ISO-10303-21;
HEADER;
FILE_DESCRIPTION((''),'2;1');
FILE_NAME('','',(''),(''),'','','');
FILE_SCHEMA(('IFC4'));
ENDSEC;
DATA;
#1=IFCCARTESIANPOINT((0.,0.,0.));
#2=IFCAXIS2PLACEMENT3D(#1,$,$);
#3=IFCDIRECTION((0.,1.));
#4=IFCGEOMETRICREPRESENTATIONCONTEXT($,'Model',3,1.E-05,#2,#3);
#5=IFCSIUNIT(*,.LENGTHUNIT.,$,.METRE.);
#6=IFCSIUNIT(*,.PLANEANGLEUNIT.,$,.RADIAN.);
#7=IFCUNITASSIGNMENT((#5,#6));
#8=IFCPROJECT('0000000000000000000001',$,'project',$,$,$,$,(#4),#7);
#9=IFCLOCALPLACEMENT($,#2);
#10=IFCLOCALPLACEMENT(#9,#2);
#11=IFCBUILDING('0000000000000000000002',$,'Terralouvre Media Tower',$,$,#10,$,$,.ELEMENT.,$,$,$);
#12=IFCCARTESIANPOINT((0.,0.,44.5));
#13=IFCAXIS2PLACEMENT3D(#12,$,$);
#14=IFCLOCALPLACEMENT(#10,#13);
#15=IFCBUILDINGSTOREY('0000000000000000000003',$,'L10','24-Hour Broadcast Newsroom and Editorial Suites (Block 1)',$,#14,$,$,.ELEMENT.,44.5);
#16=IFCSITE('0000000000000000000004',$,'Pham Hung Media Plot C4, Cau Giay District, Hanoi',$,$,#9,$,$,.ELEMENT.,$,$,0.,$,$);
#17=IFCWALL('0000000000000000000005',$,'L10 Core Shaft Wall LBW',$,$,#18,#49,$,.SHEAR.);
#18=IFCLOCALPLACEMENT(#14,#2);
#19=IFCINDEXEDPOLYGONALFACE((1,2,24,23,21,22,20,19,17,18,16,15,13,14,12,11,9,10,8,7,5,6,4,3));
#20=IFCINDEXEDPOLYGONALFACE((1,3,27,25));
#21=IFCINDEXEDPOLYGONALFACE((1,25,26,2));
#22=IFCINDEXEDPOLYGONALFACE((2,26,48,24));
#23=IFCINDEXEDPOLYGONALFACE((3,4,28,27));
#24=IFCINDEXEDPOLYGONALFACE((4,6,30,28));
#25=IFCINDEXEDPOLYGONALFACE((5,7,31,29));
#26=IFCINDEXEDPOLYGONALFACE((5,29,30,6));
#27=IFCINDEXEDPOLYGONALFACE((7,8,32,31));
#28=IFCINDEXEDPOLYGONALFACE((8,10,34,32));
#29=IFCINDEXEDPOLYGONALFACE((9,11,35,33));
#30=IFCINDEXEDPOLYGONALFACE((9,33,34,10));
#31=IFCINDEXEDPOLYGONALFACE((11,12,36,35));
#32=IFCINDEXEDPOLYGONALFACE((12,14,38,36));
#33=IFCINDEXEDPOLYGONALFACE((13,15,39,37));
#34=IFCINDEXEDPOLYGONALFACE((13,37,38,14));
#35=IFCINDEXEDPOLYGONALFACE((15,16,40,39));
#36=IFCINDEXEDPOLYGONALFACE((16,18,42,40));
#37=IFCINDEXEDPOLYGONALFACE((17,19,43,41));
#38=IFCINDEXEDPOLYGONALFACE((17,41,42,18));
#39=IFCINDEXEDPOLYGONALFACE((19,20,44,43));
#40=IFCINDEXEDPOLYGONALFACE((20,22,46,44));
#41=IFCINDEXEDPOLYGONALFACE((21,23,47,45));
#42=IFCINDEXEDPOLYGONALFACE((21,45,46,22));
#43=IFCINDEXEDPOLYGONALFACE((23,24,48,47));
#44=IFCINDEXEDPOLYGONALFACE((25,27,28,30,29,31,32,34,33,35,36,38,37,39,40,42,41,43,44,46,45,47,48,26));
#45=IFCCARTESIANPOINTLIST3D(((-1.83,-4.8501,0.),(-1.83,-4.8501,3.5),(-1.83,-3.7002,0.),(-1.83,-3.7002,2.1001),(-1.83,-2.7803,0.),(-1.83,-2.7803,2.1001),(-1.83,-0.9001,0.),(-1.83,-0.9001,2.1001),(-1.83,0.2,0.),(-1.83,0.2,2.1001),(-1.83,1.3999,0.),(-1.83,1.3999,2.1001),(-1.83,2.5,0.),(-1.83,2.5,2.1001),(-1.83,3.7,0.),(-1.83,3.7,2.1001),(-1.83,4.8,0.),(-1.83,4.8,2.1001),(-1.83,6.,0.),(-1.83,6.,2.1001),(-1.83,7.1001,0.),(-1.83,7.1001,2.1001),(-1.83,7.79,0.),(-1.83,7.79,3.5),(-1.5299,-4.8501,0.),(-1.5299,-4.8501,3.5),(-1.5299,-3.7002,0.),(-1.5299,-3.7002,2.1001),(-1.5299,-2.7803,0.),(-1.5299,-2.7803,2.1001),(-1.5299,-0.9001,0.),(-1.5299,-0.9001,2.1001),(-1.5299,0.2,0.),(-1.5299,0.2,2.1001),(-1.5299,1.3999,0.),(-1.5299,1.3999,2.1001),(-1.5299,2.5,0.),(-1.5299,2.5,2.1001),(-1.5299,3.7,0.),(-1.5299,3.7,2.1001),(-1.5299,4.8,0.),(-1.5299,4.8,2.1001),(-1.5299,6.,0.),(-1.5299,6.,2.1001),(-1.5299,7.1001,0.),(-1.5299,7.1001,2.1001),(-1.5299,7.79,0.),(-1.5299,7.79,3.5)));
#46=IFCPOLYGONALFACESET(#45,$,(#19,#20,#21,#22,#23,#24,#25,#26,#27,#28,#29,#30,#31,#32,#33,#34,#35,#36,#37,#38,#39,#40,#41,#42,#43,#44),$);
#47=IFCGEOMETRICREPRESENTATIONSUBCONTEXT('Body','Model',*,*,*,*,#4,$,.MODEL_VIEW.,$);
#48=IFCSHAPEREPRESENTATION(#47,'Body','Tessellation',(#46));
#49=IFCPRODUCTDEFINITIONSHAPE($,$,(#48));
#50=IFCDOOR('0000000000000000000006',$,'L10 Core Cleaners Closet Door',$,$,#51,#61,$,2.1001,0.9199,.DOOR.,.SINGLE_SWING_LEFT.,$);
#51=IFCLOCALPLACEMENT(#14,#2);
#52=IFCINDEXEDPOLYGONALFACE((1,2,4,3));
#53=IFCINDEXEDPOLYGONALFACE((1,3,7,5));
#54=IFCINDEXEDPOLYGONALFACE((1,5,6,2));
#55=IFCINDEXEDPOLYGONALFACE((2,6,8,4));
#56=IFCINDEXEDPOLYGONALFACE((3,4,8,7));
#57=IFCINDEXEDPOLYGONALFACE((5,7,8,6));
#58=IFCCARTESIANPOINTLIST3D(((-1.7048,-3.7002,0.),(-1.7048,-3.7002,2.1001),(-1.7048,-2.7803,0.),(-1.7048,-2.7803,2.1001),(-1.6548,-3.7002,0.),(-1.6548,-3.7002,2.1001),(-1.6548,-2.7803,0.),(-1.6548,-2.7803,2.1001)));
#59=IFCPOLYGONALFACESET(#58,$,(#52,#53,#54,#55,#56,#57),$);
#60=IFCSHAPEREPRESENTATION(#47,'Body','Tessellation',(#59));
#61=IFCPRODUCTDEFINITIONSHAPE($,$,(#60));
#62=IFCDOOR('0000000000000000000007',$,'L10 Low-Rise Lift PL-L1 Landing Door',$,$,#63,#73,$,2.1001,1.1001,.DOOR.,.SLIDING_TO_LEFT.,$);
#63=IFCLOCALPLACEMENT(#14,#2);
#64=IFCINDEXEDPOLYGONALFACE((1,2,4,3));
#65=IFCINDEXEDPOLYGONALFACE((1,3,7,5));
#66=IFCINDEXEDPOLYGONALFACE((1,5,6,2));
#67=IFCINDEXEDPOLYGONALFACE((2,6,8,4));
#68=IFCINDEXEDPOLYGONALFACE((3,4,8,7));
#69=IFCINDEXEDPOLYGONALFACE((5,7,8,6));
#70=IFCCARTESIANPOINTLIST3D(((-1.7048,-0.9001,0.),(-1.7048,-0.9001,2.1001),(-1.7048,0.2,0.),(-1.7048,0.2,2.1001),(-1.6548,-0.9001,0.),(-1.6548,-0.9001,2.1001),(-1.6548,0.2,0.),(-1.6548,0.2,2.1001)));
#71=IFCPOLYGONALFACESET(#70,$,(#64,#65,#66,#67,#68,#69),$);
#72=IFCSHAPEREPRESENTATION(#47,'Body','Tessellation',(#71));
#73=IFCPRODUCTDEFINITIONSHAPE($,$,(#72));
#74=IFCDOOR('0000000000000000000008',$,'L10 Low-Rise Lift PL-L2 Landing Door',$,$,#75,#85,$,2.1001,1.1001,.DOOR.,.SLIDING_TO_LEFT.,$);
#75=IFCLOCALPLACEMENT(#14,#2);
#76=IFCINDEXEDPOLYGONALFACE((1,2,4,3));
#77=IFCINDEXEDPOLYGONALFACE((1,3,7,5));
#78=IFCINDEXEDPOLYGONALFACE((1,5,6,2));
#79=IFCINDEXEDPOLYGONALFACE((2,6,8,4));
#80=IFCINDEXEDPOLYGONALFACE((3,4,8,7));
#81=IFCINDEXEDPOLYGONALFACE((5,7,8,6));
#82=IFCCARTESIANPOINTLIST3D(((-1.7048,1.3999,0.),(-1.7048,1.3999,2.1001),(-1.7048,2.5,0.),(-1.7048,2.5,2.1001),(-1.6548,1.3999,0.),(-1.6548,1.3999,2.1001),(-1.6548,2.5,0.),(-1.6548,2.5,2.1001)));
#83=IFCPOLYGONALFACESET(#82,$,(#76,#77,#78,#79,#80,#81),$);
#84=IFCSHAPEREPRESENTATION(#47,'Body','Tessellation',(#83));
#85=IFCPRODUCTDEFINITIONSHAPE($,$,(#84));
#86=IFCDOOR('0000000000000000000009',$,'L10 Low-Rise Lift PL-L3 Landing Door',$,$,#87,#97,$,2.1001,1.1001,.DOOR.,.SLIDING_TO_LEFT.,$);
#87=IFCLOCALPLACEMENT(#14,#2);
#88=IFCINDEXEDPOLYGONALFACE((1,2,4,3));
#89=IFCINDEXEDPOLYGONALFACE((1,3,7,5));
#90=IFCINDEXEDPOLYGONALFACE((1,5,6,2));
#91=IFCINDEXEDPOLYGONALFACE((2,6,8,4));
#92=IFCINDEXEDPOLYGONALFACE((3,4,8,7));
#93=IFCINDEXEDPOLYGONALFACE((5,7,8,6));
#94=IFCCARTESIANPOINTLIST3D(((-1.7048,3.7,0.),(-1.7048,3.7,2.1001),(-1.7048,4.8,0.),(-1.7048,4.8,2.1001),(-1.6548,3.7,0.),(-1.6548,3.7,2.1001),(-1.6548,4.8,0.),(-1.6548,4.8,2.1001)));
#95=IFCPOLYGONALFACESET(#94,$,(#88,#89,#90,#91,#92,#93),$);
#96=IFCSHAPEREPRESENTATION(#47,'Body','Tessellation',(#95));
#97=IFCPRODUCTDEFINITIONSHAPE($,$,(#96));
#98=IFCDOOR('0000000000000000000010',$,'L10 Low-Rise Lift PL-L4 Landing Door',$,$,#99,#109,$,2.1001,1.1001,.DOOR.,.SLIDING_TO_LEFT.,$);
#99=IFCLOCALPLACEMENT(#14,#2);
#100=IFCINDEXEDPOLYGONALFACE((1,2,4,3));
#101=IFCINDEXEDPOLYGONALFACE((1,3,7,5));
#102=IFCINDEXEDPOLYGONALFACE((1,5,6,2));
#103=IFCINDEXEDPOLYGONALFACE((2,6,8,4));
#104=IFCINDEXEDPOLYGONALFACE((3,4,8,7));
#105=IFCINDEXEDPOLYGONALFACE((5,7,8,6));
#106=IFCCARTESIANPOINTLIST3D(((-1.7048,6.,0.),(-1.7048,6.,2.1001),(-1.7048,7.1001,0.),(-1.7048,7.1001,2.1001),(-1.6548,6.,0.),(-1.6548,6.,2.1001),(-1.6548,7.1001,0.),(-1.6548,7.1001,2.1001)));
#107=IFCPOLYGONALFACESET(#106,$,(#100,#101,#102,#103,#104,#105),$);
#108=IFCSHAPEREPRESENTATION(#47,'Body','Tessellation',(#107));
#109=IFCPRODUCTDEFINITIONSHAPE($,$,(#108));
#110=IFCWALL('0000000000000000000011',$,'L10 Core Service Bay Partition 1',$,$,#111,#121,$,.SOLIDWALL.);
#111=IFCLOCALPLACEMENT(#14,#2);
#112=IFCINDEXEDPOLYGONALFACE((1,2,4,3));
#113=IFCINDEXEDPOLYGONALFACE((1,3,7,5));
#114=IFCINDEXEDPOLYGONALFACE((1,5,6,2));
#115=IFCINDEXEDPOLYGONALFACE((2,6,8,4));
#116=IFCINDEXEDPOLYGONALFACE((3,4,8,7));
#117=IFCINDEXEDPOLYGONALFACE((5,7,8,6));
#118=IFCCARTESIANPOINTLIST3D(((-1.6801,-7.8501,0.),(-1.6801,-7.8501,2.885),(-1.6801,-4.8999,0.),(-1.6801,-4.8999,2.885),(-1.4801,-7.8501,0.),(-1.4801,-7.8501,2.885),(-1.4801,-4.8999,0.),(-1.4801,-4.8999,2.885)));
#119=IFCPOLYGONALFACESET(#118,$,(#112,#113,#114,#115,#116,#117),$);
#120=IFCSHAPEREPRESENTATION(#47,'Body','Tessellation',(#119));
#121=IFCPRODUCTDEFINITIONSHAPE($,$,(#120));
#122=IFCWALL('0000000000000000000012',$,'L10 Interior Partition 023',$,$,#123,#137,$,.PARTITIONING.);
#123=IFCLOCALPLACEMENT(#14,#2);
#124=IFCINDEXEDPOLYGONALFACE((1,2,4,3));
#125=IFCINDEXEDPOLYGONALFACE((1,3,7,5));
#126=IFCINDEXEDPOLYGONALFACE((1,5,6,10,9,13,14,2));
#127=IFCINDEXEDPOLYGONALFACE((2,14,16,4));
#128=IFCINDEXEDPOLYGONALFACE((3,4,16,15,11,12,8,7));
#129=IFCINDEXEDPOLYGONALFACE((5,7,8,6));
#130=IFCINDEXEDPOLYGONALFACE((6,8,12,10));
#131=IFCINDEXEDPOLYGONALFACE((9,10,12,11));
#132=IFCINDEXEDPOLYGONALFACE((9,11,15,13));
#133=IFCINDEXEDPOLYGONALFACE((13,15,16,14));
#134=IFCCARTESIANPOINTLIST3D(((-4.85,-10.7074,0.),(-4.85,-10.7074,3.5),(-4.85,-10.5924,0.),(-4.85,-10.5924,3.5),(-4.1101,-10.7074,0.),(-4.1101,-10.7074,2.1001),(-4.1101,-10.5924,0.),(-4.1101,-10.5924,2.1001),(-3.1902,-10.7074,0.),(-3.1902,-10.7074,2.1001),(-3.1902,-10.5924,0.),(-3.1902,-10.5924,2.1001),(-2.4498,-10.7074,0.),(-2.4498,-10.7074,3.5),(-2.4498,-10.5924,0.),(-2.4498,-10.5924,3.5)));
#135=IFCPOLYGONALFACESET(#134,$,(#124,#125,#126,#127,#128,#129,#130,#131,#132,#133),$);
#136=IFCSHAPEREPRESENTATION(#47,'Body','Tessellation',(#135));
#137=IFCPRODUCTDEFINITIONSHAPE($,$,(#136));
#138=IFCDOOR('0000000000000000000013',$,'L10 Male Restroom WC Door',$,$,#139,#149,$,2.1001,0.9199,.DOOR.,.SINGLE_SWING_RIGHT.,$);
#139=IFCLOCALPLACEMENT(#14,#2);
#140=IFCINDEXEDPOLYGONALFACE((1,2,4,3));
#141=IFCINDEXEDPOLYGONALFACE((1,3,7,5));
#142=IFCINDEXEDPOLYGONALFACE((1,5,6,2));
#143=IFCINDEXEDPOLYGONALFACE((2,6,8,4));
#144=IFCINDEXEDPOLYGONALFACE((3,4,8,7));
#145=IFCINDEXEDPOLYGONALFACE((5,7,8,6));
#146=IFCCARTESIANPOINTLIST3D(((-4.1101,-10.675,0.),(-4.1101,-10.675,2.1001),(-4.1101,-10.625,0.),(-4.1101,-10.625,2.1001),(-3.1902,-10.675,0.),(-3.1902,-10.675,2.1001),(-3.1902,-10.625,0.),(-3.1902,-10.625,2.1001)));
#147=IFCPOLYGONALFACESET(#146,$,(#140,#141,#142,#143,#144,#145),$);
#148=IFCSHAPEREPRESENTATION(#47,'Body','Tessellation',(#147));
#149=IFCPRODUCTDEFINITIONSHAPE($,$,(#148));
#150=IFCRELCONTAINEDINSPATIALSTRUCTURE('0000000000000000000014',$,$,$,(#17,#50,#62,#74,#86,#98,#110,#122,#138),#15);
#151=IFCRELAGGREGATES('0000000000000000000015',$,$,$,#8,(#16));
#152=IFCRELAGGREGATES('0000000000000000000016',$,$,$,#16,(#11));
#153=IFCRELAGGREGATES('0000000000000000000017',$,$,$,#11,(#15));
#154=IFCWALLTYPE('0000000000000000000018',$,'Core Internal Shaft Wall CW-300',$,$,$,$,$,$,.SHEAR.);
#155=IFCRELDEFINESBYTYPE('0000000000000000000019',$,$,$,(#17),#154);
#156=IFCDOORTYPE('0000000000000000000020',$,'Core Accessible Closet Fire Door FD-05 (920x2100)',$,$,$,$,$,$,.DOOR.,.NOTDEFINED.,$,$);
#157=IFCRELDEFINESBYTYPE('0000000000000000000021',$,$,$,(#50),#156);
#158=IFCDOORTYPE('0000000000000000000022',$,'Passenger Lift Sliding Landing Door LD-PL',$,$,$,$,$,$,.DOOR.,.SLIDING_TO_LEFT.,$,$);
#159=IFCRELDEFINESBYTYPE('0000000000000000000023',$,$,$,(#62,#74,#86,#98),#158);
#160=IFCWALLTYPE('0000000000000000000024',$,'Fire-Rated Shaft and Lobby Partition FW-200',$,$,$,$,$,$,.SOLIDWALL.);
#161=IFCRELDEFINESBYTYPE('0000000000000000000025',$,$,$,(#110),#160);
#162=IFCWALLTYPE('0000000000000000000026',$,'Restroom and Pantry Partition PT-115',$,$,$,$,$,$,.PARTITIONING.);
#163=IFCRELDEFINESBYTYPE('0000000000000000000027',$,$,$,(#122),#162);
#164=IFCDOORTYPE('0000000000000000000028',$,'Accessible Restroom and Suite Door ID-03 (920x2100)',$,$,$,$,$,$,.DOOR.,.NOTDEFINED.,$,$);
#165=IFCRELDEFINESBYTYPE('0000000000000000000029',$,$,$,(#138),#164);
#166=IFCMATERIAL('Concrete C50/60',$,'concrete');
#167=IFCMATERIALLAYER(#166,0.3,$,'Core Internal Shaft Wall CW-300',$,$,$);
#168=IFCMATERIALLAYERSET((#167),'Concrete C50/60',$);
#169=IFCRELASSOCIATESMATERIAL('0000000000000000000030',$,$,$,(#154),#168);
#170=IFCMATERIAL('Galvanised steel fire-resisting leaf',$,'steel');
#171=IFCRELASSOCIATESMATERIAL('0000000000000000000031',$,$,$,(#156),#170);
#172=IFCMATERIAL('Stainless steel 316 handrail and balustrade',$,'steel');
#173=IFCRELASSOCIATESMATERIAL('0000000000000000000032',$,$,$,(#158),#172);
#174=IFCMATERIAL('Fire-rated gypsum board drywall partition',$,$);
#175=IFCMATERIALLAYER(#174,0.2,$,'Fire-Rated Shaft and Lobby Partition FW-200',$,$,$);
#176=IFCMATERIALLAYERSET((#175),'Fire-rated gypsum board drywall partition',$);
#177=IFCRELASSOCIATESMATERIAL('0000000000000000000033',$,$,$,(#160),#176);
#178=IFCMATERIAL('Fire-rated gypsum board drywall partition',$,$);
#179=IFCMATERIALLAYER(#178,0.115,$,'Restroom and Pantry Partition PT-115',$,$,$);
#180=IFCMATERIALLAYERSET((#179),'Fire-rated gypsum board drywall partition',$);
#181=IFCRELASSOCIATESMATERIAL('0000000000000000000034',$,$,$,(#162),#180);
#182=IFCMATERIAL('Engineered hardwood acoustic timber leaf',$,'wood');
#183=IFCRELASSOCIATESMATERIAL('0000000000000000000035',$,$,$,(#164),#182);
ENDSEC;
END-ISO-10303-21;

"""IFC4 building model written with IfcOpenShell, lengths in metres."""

from ifc_helpers import new_model, si_unit, direction, frame, frame_2d, origin, place, context, subcontext, project, spatial, rectangle, extrude, material, layer, layer_set, type_object, element, fill, save


model = new_model("IFC4")

# Units and contexts
model_context = context("Model", 3, precision=1e-05, world=origin(), true_north=direction((0.0, 1.0)))
body_context = subcontext(model_context, "Body", "Model", "MODEL_VIEW")
ifc_project = project(units=[si_unit("LENGTHUNIT", "METRE"), si_unit("PLANEANGLEUNIT", "RADIAN")], contexts=[model_context])

# Site, building, storey
site_placement = place(None, origin())
site = spatial("IfcSite", under=ifc_project, at=site_placement, Name="Pham Hung Media Plot C4, Cau Giay District, Hanoi", CompositionType="ELEMENT", RefElevation=0.0)
building_placement = place(site_placement, origin())
building = spatial("IfcBuilding", under=site, at=building_placement, Name="Terralouvre Media Tower", CompositionType="ELEMENT")
storey_placement = place(building_placement, frame((0.0, 0.0, 44.5)))
storey = spatial("IfcBuildingStorey", under=building, at=storey_placement, Name="L10", Description="24-Hour Broadcast Newsroom and Editorial Suites (Block 1)", CompositionType="ELEMENT", Elevation=44.5)

# Shared definitions
ifc_material_1 = material(Name="Concrete C50/60", Category="concrete")
ifc_layer_1 = layer(ifc_material_1, 0.3, Name="Core Internal Shaft Wall CW-300")
ifc_layer_set_1 = layer_set([ifc_layer_1], Name="Concrete C50/60")
wall_type_1 = type_object("IfcWallType", Name="Core Internal Shaft Wall CW-300", PredefinedType="SHEAR", material=ifc_layer_set_1)

# Wall, openings, doors
wall_1_placement = place(storey_placement, frame((-1.6799, -4.8501, 0.0), z_axis=(0.0, 0.0, 1.0), x_axis=(0.0, 1.0, 0.0)))
wall_1 = element("IfcWall", 1, at=wall_1_placement, inside=storey, type_object=wall_type_1, Name="L10 Core Shaft Wall LBW", PredefinedType="SHEAR", context=body_context, shape_type="SweptSolid", body=[
    extrude(rectangle(XDim=12.6401, YDim=0.3, at=frame_2d((6.3201, 0.0))), origin(), (0.0, 0.0, 1.0), 3.5),
])
opening_1_placement = place(wall_1_placement, frame((3.95, 0.0, 0.0)))
opening_1 = element("IfcOpeningElement", 2, at=opening_1_placement, cuts=wall_1, PredefinedType="OPENING", context=body_context, shape_type="SweptSolid", body=[
    extrude(rectangle(XDim=1.1001, YDim=2.1001, at=frame_2d((0.55, 1.05))), frame((0.0, 0.1599, 0.0), z_axis=(0.0, -1.0, 0.0), x_axis=(1.0, 0.0, 0.0)), (0.0, 0.0, 1.0), 0.3201),
])
opening_2_placement = place(wall_1_placement, frame((6.25, 0.0, 0.0)))
opening_2 = element("IfcOpeningElement", 3, at=opening_2_placement, cuts=wall_1, PredefinedType="OPENING", context=body_context, shape_type="SweptSolid", body=[
    extrude(rectangle(XDim=1.1001, YDim=2.1001, at=frame_2d((0.55, 1.05))), frame((0.0, 0.1599, 0.0), z_axis=(0.0, -1.0, 0.0), x_axis=(1.0, 0.0, 0.0)), (0.0, 0.0, 1.0), 0.3201),
])
opening_3_placement = place(wall_1_placement, frame((8.55, 0.0, 0.0)))
opening_3 = element("IfcOpeningElement", 4, at=opening_3_placement, cuts=wall_1, PredefinedType="OPENING", context=body_context, shape_type="SweptSolid", body=[
    extrude(rectangle(XDim=1.1001, YDim=2.1001, at=frame_2d((0.55, 1.05))), frame((0.0, 0.1599, 0.0), z_axis=(0.0, -1.0, 0.0), x_axis=(1.0, 0.0, 0.0)), (0.0, 0.0, 1.0), 0.3201),
])
opening_4_placement = place(wall_1_placement, frame((10.8501, 0.0, 0.0)))
opening_4 = element("IfcOpeningElement", 5, at=opening_4_placement, cuts=wall_1, PredefinedType="OPENING", context=body_context, shape_type="SweptSolid", body=[
    extrude(rectangle(XDim=1.1001, YDim=2.1001, at=frame_2d((0.55, 1.05))), frame((0.0, 0.1599, 0.0), z_axis=(0.0, -1.0, 0.0), x_axis=(1.0, 0.0, 0.0)), (0.0, 0.0, 1.0), 0.3201),
])
opening_5_placement = place(wall_1_placement, frame((1.1499, 0.0, 0.0)))
opening_5 = element("IfcOpeningElement", 6, at=opening_5_placement, cuts=wall_1, PredefinedType="OPENING", context=body_context, shape_type="SweptSolid", body=[
    extrude(rectangle(XDim=0.9199, YDim=2.1001, at=frame_2d((0.46, 1.05))), frame((0.0, 0.1599, 0.0), z_axis=(0.0, -1.0, 0.0), x_axis=(1.0, 0.0, 0.0)), (0.0, 0.0, 1.0), 0.3201),
])
ifc_material_2 = material(Name="Galvanised steel fire-resisting leaf", Category="steel")
door_type_1 = type_object("IfcDoorType", Name="Core Accessible Closet Fire Door FD-05 (920x2100)", OperationType="NOTDEFINED", PredefinedType="DOOR", material=ifc_material_2)
door_1_placement = place(opening_5_placement, origin())
door_1 = element("IfcDoor", 7, at=door_1_placement, inside=storey, type_object=door_type_1, Name="L10 Core Cleaners Closet Door", OperationType="SINGLE_SWING_LEFT", OverallHeight=2.1001, OverallWidth=0.9199, PredefinedType="DOOR", context=body_context, shape_type="SweptSolid", body=[
    extrude(rectangle(XDim=0.9199, YDim=2.1001, at=frame_2d((0.46, 1.05))), frame((0.0, 0.0249, 0.0), z_axis=(0.0, -1.0, 0.0), x_axis=(1.0, 0.0, 0.0)), (0.0, 0.0, 1.0), 0.05),
])
fill(opening_5, door_1)
ifc_material_3 = material(Name="Stainless steel 316 handrail and balustrade", Category="steel")
door_type_2 = type_object("IfcDoorType", Name="Passenger Lift Sliding Landing Door LD-PL", OperationType="SLIDING_TO_LEFT", PredefinedType="DOOR", material=ifc_material_3)
door_2_placement = place(opening_1_placement, origin())
door_2 = element("IfcDoor", 8, at=door_2_placement, inside=storey, type_object=door_type_2, Name="L10 Low-Rise Lift PL-L1 Landing Door", OperationType="SLIDING_TO_LEFT", OverallHeight=2.1001, OverallWidth=1.1001, PredefinedType="DOOR", context=body_context, shape_type="SweptSolid", body=[
    extrude(rectangle(XDim=1.1001, YDim=2.1001, at=frame_2d((0.55, 1.05))), frame((0.0, 0.0249, 0.0), z_axis=(0.0, -1.0, 0.0), x_axis=(1.0, 0.0, 0.0)), (0.0, 0.0, 1.0), 0.05),
])
fill(opening_1, door_2)
door_3_placement = place(opening_2_placement, origin())
door_3 = element("IfcDoor", 9, at=door_3_placement, inside=storey, type_object=door_type_2, Name="L10 Low-Rise Lift PL-L2 Landing Door", OperationType="SLIDING_TO_LEFT", OverallHeight=2.1001, OverallWidth=1.1001, PredefinedType="DOOR", context=body_context, shape_type="SweptSolid", body=[
    extrude(rectangle(XDim=1.1001, YDim=2.1001, at=frame_2d((0.55, 1.05))), frame((0.0, 0.0249, 0.0), z_axis=(0.0, -1.0, 0.0), x_axis=(1.0, 0.0, 0.0)), (0.0, 0.0, 1.0), 0.05),
])
fill(opening_2, door_3)
door_4_placement = place(opening_3_placement, origin())
door_4 = element("IfcDoor", 10, at=door_4_placement, inside=storey, type_object=door_type_2, Name="L10 Low-Rise Lift PL-L3 Landing Door", OperationType="SLIDING_TO_LEFT", OverallHeight=2.1001, OverallWidth=1.1001, PredefinedType="DOOR", context=body_context, shape_type="SweptSolid", body=[
    extrude(rectangle(XDim=1.1001, YDim=2.1001, at=frame_2d((0.55, 1.05))), frame((0.0, 0.0249, 0.0), z_axis=(0.0, -1.0, 0.0), x_axis=(1.0, 0.0, 0.0)), (0.0, 0.0, 1.0), 0.05),
])
fill(opening_3, door_4)
door_5_placement = place(opening_4_placement, origin())
door_5 = element("IfcDoor", 11, at=door_5_placement, inside=storey, type_object=door_type_2, Name="L10 Low-Rise Lift PL-L4 Landing Door", OperationType="SLIDING_TO_LEFT", OverallHeight=2.1001, OverallWidth=1.1001, PredefinedType="DOOR", context=body_context, shape_type="SweptSolid", body=[
    extrude(rectangle(XDim=1.1001, YDim=2.1001, at=frame_2d((0.55, 1.05))), frame((0.0, 0.0249, 0.0), z_axis=(0.0, -1.0, 0.0), x_axis=(1.0, 0.0, 0.0)), (0.0, 0.0, 1.0), 0.05),
])
fill(opening_4, door_5)

# Wall
ifc_material_4 = material(Name="Fire-rated gypsum board drywall partition")
ifc_layer_2 = layer(ifc_material_4, 0.2, Name="Fire-Rated Shaft and Lobby Partition FW-200")
ifc_layer_set_2 = layer_set([ifc_layer_2], Name="Fire-rated gypsum board drywall partition")
wall_type_2 = type_object("IfcWallType", Name="Fire-Rated Shaft and Lobby Partition FW-200", PredefinedType="SOLIDWALL", material=ifc_layer_set_2)
wall_2_placement = place(storey_placement, frame((-1.5801, -7.8501, 0.0), z_axis=(0.0, 0.0, 1.0), x_axis=(0.0, 1.0, 0.0)))
element("IfcWall", 12, at=wall_2_placement, inside=storey, type_object=wall_type_2, Name="L10 Core Service Bay Partition 1", PredefinedType="SOLIDWALL", context=body_context, shape_type="SweptSolid", body=[
    extrude(rectangle(XDim=2.9502, YDim=0.2, at=frame_2d((1.4751, 0.0))), origin(), (0.0, 0.0, 1.0), 2.885),
])

# Wall, opening, door
ifc_material_5 = material(Name="Fire-rated gypsum board drywall partition")
ifc_layer_3 = layer(ifc_material_5, 0.115, Name="Restroom and Pantry Partition PT-115")
ifc_layer_set_3 = layer_set([ifc_layer_3], Name="Fire-rated gypsum board drywall partition")
wall_type_3 = type_object("IfcWallType", Name="Restroom and Pantry Partition PT-115", PredefinedType="PARTITIONING", material=ifc_layer_set_3)
wall_3_placement = place(storey_placement, frame((-4.8501, -10.6499, 0.0), z_axis=(0.0, 0.0, 1.0), x_axis=(1.0, 0.0, 0.0)))
wall_3 = element("IfcWall", 13, at=wall_3_placement, inside=storey, type_object=wall_type_3, Name="L10 Interior Partition 023", PredefinedType="PARTITIONING", context=body_context, shape_type="SweptSolid", body=[
    extrude(rectangle(XDim=2.4001, YDim=0.115, at=frame_2d((1.2002, 0.0))), origin(), (0.0, 0.0, 1.0), 3.5),
])
opening_6_placement = place(wall_3_placement, frame((0.74, 0.0, 0.0)))
opening_6 = element("IfcOpeningElement", 14, at=opening_6_placement, cuts=wall_3, PredefinedType="OPENING", context=body_context, shape_type="SweptSolid", body=[
    extrude(rectangle(XDim=0.9199, YDim=2.1001, at=frame_2d((0.46, 1.05))), frame((0.0, 0.0674, 0.0), z_axis=(0.0, -1.0, 0.0), x_axis=(1.0, 0.0, 0.0)), (0.0, 0.0, 1.0), 0.135),
])
ifc_material_6 = material(Name="Engineered hardwood acoustic timber leaf", Category="wood")
door_type_3 = type_object("IfcDoorType", Name="Accessible Restroom and Suite Door ID-03 (920x2100)", OperationType="NOTDEFINED", PredefinedType="DOOR", material=ifc_material_6)
door_6_placement = place(opening_6_placement, origin())
door_6 = element("IfcDoor", 15, at=door_6_placement, inside=storey, type_object=door_type_3, Name="L10 Male Restroom WC Door", OperationType="SINGLE_SWING_RIGHT", OverallHeight=2.1001, OverallWidth=0.9199, PredefinedType="DOOR", context=body_context, shape_type="SweptSolid", body=[
    extrude(rectangle(XDim=0.9199, YDim=2.1001, at=frame_2d((0.46, 1.05))), frame((0.0, 0.0249, 0.0), z_axis=(0.0, -1.0, 0.0), x_axis=(1.0, 0.0, 0.0)), (0.0, 0.0, 1.0), 0.05),
])
fill(opening_6, door_6)

save(model, "model.ifc")
